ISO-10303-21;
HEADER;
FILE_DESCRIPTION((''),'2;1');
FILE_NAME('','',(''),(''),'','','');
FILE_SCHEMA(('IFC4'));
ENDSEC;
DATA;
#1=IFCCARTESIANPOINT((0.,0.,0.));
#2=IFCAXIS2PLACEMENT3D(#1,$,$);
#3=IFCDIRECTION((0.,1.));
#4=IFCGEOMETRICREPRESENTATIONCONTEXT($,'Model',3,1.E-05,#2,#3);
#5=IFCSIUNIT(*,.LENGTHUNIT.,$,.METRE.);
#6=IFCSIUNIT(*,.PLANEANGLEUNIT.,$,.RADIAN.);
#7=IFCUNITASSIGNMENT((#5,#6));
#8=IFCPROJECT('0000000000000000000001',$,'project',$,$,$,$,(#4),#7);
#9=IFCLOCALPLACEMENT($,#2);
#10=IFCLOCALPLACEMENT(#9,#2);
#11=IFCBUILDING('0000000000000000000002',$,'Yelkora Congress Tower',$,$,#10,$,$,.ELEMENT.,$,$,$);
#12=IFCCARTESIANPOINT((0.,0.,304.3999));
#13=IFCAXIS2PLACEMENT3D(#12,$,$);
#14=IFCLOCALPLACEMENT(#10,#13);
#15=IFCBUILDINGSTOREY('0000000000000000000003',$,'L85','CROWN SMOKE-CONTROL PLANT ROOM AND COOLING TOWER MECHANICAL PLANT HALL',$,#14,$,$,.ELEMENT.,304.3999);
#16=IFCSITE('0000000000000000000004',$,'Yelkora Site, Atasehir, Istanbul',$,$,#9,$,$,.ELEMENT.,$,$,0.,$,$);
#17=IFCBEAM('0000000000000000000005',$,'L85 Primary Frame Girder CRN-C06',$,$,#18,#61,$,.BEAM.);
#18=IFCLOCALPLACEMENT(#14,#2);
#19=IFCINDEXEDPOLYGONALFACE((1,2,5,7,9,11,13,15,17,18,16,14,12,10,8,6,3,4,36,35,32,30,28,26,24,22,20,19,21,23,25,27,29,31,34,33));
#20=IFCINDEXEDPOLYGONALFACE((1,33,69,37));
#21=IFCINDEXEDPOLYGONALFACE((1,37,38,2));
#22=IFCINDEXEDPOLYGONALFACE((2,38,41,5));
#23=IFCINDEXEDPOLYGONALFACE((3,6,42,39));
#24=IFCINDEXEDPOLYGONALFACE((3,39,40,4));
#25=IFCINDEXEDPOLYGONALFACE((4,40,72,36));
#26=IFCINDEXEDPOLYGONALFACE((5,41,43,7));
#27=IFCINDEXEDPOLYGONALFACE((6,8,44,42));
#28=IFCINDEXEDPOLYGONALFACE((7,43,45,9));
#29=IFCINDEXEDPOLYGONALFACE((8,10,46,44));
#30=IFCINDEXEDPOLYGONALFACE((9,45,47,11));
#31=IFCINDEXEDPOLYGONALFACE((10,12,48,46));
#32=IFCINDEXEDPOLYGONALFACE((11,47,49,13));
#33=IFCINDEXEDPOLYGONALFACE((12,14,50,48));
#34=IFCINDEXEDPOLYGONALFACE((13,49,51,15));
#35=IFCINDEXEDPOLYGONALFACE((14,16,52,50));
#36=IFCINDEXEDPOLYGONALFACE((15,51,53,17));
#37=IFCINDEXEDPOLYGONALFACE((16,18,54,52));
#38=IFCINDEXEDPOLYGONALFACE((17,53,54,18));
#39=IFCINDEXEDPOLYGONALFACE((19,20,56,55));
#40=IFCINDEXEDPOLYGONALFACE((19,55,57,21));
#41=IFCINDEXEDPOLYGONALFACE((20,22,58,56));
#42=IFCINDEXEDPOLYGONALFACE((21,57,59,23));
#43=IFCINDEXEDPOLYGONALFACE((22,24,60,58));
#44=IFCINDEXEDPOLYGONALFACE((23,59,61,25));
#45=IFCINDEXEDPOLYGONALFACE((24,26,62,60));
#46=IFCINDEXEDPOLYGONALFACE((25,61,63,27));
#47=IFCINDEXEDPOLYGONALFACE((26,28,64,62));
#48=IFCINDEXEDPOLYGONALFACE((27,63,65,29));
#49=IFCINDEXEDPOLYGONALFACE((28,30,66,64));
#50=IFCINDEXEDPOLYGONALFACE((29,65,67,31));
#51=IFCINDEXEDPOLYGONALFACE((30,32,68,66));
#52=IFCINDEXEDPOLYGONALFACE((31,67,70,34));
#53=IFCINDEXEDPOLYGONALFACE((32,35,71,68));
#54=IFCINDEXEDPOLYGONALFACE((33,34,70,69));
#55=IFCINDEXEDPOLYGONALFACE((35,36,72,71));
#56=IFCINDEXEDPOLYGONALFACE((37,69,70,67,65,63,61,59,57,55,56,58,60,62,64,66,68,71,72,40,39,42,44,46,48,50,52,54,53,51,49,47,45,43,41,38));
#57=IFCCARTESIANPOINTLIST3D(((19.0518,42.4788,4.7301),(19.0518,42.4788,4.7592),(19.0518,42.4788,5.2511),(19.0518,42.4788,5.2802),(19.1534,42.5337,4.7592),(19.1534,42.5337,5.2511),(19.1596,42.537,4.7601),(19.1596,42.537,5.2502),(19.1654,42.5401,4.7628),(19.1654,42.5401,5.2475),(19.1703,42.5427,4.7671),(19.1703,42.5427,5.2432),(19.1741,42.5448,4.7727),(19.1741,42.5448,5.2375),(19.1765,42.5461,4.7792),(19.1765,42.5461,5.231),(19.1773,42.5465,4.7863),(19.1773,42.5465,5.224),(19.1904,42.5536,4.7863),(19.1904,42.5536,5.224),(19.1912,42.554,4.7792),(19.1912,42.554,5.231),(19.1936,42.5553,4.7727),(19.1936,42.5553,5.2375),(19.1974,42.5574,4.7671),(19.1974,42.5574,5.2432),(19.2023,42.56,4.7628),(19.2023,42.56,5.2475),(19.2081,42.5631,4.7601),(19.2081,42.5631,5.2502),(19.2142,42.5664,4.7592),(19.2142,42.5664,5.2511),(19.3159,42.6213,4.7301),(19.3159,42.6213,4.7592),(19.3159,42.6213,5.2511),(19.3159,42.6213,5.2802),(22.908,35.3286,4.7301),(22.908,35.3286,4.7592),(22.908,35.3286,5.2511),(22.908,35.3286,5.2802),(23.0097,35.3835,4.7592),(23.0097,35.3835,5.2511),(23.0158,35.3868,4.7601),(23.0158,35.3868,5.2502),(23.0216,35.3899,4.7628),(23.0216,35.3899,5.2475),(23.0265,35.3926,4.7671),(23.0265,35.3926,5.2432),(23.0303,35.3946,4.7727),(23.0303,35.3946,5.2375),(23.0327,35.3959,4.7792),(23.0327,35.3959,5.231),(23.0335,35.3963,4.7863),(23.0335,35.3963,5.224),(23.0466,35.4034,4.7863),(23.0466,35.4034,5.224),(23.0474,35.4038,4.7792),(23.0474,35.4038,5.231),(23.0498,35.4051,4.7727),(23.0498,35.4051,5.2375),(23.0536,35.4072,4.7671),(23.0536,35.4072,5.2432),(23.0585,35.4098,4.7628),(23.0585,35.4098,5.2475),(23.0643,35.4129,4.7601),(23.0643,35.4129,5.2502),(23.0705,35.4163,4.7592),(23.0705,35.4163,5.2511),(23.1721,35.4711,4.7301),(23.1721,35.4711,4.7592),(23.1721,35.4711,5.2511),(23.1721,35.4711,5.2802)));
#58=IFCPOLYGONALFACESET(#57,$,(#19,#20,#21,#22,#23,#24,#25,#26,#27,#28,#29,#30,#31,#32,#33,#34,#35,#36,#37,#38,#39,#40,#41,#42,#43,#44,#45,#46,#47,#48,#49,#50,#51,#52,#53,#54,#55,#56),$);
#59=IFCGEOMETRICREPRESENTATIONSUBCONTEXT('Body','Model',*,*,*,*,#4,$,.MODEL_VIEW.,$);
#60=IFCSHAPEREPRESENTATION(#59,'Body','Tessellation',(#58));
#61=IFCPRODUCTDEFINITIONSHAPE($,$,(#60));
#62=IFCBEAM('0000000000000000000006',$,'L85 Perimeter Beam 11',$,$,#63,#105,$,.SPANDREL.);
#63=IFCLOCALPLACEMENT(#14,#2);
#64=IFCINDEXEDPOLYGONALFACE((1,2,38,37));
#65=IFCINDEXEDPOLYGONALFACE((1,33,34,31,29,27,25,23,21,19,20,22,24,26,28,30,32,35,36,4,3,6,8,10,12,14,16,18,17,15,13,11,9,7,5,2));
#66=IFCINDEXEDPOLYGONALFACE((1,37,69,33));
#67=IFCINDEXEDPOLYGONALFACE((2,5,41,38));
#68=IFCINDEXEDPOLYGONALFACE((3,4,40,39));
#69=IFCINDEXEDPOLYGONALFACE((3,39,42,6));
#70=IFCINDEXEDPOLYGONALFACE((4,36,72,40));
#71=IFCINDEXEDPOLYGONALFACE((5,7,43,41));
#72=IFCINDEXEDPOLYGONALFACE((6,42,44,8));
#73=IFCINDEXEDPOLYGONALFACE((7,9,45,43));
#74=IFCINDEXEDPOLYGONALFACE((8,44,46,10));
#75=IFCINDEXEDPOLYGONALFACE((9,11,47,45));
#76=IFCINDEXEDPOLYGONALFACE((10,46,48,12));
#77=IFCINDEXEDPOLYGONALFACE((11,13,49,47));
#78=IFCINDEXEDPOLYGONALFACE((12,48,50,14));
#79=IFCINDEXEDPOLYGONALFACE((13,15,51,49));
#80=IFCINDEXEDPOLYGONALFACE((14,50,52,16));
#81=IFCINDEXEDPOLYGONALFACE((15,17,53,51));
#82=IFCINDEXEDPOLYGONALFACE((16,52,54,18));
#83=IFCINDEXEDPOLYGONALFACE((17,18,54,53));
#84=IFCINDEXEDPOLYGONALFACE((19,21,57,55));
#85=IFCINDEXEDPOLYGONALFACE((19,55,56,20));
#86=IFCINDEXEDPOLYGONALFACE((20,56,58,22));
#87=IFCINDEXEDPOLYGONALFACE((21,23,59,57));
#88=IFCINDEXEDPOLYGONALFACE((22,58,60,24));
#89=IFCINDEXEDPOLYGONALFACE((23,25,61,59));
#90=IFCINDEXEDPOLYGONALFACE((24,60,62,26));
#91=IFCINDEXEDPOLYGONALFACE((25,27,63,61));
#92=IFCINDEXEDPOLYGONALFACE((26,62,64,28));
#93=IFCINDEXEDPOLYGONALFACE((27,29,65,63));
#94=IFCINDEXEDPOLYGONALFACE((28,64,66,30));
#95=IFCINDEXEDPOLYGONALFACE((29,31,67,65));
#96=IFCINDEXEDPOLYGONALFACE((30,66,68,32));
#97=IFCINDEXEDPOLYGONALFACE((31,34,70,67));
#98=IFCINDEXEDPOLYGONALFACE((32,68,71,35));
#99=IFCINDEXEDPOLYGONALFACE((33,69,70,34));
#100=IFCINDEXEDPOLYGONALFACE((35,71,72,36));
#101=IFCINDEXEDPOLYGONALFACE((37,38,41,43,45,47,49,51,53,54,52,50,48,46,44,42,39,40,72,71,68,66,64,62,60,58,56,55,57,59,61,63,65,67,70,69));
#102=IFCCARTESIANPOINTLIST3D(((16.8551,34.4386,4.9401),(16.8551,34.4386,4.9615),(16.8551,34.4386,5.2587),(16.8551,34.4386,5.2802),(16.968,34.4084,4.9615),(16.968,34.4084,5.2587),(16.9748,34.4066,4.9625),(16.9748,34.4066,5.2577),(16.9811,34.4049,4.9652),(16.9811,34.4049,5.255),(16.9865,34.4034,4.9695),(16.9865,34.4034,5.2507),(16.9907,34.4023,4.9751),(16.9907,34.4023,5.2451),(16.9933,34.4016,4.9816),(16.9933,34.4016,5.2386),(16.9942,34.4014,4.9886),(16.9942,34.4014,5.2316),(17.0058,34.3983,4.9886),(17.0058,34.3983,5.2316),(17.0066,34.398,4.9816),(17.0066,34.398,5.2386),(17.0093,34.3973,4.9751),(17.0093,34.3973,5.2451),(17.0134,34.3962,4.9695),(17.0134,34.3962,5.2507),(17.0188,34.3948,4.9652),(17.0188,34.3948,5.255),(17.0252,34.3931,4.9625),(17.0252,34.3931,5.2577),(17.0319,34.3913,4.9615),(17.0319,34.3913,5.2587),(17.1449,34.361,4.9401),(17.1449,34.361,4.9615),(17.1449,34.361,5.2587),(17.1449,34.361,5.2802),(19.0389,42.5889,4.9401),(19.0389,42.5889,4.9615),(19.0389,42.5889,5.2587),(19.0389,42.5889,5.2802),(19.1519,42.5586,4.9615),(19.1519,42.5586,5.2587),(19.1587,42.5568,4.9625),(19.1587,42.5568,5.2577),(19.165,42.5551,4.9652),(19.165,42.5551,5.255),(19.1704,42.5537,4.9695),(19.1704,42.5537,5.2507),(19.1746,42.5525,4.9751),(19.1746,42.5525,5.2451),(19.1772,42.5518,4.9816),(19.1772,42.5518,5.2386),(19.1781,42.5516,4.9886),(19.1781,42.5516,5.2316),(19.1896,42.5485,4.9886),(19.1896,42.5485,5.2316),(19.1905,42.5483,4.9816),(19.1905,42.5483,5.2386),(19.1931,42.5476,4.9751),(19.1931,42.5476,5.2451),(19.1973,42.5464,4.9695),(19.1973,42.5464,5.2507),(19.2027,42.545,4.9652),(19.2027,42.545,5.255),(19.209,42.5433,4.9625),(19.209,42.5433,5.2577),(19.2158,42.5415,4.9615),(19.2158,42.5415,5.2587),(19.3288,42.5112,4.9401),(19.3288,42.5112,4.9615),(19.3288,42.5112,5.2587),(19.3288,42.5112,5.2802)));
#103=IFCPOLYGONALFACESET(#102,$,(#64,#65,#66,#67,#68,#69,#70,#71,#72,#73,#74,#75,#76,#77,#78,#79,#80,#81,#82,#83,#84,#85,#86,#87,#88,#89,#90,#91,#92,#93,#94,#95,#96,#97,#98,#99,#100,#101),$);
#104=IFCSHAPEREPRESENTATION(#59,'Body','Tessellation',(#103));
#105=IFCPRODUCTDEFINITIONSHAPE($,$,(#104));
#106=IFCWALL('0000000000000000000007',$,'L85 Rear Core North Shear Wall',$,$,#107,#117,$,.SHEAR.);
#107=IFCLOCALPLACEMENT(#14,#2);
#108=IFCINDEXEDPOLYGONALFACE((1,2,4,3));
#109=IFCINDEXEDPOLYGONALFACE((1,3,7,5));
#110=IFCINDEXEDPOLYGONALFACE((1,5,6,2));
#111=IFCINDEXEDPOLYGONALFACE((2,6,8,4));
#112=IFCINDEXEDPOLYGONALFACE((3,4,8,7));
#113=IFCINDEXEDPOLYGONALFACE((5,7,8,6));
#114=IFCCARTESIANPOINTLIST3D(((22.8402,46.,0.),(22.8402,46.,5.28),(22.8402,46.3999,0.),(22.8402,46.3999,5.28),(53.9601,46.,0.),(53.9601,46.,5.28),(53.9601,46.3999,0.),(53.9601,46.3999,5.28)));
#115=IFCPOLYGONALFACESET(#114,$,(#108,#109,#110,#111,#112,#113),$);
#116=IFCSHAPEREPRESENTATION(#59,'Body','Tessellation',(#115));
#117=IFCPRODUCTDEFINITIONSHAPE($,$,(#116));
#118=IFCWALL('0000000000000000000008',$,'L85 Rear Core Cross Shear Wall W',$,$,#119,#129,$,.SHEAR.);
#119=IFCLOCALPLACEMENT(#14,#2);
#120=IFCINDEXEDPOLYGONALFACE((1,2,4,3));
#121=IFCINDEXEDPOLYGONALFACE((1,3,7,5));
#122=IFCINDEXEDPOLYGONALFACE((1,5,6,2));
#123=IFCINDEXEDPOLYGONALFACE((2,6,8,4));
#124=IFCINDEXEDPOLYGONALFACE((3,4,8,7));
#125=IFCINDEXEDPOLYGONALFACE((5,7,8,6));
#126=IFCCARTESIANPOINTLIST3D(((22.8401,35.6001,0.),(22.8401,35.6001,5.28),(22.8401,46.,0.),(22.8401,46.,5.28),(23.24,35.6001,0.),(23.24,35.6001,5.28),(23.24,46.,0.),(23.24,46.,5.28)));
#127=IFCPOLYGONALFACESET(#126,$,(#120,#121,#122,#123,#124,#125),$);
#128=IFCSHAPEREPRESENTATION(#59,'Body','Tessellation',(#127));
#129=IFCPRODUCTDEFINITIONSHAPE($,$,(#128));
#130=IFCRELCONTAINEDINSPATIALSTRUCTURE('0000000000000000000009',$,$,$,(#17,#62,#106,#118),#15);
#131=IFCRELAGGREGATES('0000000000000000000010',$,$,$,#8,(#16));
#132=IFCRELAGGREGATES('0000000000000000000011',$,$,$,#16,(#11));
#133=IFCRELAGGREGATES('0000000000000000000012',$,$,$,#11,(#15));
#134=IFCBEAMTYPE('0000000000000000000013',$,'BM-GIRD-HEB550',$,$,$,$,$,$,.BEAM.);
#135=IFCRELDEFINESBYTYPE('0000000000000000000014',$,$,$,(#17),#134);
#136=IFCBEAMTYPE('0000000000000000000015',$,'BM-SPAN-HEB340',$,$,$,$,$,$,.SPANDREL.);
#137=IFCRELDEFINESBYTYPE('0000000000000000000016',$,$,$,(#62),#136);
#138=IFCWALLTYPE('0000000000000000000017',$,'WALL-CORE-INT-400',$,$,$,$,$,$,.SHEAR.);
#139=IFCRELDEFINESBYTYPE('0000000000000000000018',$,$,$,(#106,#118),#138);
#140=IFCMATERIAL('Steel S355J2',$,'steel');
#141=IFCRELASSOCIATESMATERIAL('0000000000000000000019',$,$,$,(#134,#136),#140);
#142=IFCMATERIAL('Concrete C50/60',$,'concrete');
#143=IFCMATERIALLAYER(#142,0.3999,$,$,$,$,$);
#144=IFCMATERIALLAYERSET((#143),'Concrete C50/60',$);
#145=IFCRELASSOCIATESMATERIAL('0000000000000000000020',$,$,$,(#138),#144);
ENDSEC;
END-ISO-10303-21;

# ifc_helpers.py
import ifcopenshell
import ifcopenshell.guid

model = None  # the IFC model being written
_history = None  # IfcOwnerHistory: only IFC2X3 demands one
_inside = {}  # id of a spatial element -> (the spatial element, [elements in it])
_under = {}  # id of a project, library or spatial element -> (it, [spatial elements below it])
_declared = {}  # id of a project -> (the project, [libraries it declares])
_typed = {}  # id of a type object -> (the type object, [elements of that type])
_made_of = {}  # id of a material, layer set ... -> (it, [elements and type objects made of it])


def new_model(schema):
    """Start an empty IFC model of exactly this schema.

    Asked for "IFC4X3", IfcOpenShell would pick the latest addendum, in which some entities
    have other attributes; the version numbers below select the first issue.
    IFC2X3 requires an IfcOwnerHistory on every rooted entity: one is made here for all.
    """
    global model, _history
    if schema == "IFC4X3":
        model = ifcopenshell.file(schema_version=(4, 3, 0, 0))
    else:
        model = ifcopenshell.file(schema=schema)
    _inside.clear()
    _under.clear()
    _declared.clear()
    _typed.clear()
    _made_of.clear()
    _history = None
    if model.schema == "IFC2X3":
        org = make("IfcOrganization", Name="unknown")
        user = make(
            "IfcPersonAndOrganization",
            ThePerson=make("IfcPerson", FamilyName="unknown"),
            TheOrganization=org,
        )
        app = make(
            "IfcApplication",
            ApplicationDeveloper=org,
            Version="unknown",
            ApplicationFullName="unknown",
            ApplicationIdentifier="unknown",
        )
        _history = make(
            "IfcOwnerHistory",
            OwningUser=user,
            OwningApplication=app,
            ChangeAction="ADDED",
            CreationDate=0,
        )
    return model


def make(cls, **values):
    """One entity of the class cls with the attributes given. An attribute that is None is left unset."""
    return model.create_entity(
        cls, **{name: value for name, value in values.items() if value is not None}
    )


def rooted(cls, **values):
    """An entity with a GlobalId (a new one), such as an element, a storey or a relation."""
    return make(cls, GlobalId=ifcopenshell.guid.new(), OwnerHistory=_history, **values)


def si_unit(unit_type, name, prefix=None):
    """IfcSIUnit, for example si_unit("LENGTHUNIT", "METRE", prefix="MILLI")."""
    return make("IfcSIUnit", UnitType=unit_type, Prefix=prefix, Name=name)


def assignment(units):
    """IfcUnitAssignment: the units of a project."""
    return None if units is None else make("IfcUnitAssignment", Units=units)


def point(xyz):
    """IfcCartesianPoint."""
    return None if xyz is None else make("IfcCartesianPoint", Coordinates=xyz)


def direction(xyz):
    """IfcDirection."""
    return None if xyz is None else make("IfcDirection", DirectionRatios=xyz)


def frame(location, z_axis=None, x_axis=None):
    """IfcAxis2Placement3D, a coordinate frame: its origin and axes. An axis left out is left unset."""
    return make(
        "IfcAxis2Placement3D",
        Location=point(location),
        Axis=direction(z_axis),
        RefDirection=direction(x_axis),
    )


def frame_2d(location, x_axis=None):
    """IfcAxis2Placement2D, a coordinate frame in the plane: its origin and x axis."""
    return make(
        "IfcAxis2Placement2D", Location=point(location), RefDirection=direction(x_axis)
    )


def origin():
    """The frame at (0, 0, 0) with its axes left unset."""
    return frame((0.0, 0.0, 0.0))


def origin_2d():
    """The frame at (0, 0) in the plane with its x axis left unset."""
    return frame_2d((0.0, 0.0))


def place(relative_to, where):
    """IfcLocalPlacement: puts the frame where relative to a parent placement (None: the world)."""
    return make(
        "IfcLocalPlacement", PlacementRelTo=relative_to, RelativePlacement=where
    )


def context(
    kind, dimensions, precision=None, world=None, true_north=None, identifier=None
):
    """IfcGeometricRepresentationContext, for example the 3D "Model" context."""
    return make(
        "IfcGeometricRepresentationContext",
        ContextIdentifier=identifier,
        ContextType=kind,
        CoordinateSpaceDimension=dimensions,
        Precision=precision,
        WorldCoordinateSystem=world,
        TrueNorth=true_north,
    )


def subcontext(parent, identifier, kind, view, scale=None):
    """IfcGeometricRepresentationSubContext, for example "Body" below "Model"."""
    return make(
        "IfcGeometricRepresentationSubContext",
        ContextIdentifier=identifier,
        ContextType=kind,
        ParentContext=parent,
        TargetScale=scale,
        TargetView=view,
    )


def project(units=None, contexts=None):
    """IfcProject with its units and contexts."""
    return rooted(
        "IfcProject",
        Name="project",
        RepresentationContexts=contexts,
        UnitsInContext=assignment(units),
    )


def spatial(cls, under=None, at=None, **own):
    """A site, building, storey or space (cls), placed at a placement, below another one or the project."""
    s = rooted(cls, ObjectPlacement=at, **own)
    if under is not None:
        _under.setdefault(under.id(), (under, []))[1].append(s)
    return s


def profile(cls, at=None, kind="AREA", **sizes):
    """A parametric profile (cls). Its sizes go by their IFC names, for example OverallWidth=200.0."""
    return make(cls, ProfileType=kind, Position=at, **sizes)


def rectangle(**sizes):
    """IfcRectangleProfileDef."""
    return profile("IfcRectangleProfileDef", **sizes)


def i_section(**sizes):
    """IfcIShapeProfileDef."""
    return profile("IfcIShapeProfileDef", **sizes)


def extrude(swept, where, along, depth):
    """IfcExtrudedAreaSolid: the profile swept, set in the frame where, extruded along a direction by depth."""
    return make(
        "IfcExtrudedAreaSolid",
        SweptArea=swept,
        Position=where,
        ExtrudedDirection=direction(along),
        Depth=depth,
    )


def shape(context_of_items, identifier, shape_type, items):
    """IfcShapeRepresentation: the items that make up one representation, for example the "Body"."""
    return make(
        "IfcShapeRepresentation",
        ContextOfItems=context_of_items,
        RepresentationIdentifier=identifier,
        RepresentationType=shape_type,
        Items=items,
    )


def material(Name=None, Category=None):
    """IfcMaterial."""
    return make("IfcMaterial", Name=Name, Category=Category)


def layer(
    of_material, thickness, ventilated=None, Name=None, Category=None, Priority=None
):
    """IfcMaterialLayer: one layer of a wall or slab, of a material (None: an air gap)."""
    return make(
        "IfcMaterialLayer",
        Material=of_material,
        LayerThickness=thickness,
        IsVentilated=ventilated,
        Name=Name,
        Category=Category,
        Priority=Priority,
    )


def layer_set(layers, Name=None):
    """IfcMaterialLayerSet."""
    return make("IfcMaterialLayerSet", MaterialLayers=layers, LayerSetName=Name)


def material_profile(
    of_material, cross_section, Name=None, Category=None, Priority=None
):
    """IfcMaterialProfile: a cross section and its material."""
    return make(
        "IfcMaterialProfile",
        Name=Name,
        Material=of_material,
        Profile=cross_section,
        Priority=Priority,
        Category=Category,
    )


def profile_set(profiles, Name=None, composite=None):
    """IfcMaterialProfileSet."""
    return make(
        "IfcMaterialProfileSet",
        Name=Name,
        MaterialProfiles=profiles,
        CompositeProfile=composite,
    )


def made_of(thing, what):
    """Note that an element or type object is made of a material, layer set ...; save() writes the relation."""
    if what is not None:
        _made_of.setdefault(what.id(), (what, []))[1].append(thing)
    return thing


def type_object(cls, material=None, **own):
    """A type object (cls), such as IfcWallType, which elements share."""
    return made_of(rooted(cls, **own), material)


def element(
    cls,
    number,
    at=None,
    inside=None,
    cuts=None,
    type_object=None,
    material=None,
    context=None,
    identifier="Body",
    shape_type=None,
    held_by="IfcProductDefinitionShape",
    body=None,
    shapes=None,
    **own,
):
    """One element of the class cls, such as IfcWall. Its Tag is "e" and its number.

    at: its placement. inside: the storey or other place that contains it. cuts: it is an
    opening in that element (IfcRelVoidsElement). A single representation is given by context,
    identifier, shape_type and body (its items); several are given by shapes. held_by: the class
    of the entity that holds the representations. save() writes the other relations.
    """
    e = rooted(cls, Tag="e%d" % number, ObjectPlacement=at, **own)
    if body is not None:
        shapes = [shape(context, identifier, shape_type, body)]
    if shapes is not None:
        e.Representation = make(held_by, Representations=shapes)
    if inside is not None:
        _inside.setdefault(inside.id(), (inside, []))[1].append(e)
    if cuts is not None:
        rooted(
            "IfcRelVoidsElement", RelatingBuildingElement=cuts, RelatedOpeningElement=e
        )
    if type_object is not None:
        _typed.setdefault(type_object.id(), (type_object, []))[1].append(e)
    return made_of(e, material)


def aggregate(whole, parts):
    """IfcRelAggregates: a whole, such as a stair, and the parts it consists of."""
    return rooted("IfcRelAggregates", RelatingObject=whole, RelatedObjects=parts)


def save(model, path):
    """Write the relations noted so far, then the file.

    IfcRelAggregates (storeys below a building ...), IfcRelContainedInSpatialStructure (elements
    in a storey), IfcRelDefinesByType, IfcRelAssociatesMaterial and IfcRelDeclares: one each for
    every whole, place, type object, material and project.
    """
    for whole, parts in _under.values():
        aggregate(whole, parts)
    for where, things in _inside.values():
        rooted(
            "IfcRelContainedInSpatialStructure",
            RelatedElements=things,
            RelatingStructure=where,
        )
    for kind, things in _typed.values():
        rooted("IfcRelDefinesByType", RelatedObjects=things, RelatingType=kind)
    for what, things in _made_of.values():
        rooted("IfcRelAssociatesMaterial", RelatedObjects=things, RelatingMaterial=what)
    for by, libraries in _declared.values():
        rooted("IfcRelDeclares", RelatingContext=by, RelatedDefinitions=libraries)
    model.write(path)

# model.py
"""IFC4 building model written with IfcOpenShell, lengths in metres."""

from ifc_helpers import new_model, si_unit, direction, frame, frame_2d, origin, origin_2d, place, context, subcontext, project, spatial, rectangle, i_section, extrude, material, layer, layer_set, material_profile, profile_set, type_object, element, save


model = new_model("IFC4")

# Units and contexts
model_context = context("Model", 3, precision=1e-05, world=origin(), true_north=direction((0.0, 1.0)))
body_context = subcontext(model_context, "Body", "Model", "MODEL_VIEW")
ifc_project = project(units=[si_unit("LENGTHUNIT", "METRE"), si_unit("PLANEANGLEUNIT", "RADIAN")], contexts=[model_context])

# Site, building, storey
site_placement = place(None, origin())
site = spatial("IfcSite", under=ifc_project, at=site_placement, Name="Yelkora Site, Atasehir, Istanbul", CompositionType="ELEMENT", RefElevation=0.0)
building_placement = place(site_placement, origin())
building = spatial("IfcBuilding", under=site, at=building_placement, Name="Yelkora Congress Tower", CompositionType="ELEMENT")
storey_placement = place(building_placement, frame((0.0, 0.0, 304.3999)))
storey = spatial("IfcBuildingStorey", under=building, at=storey_placement, Name="L85", Description="CROWN SMOKE-CONTROL PLANT ROOM AND COOLING TOWER MECHANICAL PLANT HALL", CompositionType="ELEMENT", Elevation=304.3999)

# Shared definitions
ifc_material_1 = material(Name="Steel S355J2", Category="steel")

# Beams
ifc_material_profile_1 = material_profile(ifc_material_1, i_section(OverallWidth=0.3, OverallDepth=0.55, WebThickness=0.0149, FlangeThickness=0.0291, FilletRadius=0.0271, at=origin_2d()), Name="HEB 550")
ifc_profile_set_1 = profile_set([ifc_material_profile_1], Name="Steel S355J2")
beam_type_1 = type_object("IfcBeamType", Name="BM-GIRD-HEB550", PredefinedType="BEAM", material=ifc_profile_set_1)
beam_1_placement = place(storey_placement, frame((19.1838, 42.55, 5.0051), z_axis=(0.474684, -0.880156, 0.0), x_axis=(0.880156, 0.474684, 0.0)))
element("IfcBeam", 1, at=beam_1_placement, inside=storey, type_object=beam_type_1, Name="L85 Primary Frame Girder CRN-C06", PredefinedType="BEAM", context=body_context, shape_type="SweptSolid", body=[
    extrude(i_section(OverallWidth=0.3, OverallDepth=0.55, WebThickness=0.0149, FlangeThickness=0.0291, FilletRadius=0.0271, at=origin_2d()), origin(), (0.0, 0.0, 1.0), 8.1238),
])
ifc_material_profile_2 = material_profile(ifc_material_1, i_section(OverallWidth=0.3, OverallDepth=0.3401, WebThickness=0.012, FlangeThickness=0.0215, FilletRadius=0.0271, at=origin_2d()), Name="HEB 340")
ifc_profile_set_2 = profile_set([ifc_material_profile_2], Name="Steel S355J2")
beam_type_2 = type_object("IfcBeamType", Name="BM-SPAN-HEB340", PredefinedType="SPANDREL", material=ifc_profile_set_2)
beam_2_placement = place(storey_placement, frame((19.1838, 42.55, 5.1101), z_axis=(-0.25882, -0.965925, 0.0), x_axis=(0.965925, -0.25882, 0.0)))
element("IfcBeam", 2, at=beam_2_placement, inside=storey, type_object=beam_type_2, Name="L85 Perimeter Beam 11", PredefinedType="SPANDREL", context=body_context, shape_type="SweptSolid", body=[
    extrude(i_section(OverallWidth=0.3, OverallDepth=0.3401, WebThickness=0.012, FlangeThickness=0.0215, FilletRadius=0.0271, at=origin_2d()), origin(), (0.0, 0.0, 1.0), 8.4377),
])

# Walls
ifc_material_2 = material(Name="Concrete C50/60", Category="concrete")
ifc_layer_1 = layer(ifc_material_2, 0.3999)
ifc_layer_set_1 = layer_set([ifc_layer_1], Name="Concrete C50/60")
wall_type_1 = type_object("IfcWallType", Name="WALL-CORE-INT-400", PredefinedType="SHEAR", material=ifc_layer_set_1)
wall_1_placement = place(storey_placement, frame((22.8401, 46.2, 0.0), z_axis=(0.0, 0.0, 1.0), x_axis=(1.0, 0.0, 0.0)))
element("IfcWall", 3, at=wall_1_placement, inside=storey, type_object=wall_type_1, Name="L85 Rear Core North Shear Wall", PredefinedType="SHEAR", context=body_context, shape_type="SweptSolid", body=[
    extrude(rectangle(XDim=31.1199, YDim=0.3999, at=frame_2d((15.5601, 0.0))), origin(), (0.0, 0.0, 1.0), 5.28),
])
wall_2_placement = place(storey_placement, frame((23.04, 35.6001, 0.0), z_axis=(0.0, 0.0, 1.0), x_axis=(0.0, 1.0, 0.0)))
element("IfcWall", 4, at=wall_2_placement, inside=storey, type_object=wall_type_1, Name="L85 Rear Core Cross Shear Wall W", PredefinedType="SHEAR", context=body_context, shape_type="SweptSolid", body=[
    extrude(rectangle(XDim=10.3999, YDim=0.3999, at=frame_2d((5.2, 0.0))), origin(), (0.0, 0.0, 1.0), 5.28),
])

save(model, "model.ifc")
